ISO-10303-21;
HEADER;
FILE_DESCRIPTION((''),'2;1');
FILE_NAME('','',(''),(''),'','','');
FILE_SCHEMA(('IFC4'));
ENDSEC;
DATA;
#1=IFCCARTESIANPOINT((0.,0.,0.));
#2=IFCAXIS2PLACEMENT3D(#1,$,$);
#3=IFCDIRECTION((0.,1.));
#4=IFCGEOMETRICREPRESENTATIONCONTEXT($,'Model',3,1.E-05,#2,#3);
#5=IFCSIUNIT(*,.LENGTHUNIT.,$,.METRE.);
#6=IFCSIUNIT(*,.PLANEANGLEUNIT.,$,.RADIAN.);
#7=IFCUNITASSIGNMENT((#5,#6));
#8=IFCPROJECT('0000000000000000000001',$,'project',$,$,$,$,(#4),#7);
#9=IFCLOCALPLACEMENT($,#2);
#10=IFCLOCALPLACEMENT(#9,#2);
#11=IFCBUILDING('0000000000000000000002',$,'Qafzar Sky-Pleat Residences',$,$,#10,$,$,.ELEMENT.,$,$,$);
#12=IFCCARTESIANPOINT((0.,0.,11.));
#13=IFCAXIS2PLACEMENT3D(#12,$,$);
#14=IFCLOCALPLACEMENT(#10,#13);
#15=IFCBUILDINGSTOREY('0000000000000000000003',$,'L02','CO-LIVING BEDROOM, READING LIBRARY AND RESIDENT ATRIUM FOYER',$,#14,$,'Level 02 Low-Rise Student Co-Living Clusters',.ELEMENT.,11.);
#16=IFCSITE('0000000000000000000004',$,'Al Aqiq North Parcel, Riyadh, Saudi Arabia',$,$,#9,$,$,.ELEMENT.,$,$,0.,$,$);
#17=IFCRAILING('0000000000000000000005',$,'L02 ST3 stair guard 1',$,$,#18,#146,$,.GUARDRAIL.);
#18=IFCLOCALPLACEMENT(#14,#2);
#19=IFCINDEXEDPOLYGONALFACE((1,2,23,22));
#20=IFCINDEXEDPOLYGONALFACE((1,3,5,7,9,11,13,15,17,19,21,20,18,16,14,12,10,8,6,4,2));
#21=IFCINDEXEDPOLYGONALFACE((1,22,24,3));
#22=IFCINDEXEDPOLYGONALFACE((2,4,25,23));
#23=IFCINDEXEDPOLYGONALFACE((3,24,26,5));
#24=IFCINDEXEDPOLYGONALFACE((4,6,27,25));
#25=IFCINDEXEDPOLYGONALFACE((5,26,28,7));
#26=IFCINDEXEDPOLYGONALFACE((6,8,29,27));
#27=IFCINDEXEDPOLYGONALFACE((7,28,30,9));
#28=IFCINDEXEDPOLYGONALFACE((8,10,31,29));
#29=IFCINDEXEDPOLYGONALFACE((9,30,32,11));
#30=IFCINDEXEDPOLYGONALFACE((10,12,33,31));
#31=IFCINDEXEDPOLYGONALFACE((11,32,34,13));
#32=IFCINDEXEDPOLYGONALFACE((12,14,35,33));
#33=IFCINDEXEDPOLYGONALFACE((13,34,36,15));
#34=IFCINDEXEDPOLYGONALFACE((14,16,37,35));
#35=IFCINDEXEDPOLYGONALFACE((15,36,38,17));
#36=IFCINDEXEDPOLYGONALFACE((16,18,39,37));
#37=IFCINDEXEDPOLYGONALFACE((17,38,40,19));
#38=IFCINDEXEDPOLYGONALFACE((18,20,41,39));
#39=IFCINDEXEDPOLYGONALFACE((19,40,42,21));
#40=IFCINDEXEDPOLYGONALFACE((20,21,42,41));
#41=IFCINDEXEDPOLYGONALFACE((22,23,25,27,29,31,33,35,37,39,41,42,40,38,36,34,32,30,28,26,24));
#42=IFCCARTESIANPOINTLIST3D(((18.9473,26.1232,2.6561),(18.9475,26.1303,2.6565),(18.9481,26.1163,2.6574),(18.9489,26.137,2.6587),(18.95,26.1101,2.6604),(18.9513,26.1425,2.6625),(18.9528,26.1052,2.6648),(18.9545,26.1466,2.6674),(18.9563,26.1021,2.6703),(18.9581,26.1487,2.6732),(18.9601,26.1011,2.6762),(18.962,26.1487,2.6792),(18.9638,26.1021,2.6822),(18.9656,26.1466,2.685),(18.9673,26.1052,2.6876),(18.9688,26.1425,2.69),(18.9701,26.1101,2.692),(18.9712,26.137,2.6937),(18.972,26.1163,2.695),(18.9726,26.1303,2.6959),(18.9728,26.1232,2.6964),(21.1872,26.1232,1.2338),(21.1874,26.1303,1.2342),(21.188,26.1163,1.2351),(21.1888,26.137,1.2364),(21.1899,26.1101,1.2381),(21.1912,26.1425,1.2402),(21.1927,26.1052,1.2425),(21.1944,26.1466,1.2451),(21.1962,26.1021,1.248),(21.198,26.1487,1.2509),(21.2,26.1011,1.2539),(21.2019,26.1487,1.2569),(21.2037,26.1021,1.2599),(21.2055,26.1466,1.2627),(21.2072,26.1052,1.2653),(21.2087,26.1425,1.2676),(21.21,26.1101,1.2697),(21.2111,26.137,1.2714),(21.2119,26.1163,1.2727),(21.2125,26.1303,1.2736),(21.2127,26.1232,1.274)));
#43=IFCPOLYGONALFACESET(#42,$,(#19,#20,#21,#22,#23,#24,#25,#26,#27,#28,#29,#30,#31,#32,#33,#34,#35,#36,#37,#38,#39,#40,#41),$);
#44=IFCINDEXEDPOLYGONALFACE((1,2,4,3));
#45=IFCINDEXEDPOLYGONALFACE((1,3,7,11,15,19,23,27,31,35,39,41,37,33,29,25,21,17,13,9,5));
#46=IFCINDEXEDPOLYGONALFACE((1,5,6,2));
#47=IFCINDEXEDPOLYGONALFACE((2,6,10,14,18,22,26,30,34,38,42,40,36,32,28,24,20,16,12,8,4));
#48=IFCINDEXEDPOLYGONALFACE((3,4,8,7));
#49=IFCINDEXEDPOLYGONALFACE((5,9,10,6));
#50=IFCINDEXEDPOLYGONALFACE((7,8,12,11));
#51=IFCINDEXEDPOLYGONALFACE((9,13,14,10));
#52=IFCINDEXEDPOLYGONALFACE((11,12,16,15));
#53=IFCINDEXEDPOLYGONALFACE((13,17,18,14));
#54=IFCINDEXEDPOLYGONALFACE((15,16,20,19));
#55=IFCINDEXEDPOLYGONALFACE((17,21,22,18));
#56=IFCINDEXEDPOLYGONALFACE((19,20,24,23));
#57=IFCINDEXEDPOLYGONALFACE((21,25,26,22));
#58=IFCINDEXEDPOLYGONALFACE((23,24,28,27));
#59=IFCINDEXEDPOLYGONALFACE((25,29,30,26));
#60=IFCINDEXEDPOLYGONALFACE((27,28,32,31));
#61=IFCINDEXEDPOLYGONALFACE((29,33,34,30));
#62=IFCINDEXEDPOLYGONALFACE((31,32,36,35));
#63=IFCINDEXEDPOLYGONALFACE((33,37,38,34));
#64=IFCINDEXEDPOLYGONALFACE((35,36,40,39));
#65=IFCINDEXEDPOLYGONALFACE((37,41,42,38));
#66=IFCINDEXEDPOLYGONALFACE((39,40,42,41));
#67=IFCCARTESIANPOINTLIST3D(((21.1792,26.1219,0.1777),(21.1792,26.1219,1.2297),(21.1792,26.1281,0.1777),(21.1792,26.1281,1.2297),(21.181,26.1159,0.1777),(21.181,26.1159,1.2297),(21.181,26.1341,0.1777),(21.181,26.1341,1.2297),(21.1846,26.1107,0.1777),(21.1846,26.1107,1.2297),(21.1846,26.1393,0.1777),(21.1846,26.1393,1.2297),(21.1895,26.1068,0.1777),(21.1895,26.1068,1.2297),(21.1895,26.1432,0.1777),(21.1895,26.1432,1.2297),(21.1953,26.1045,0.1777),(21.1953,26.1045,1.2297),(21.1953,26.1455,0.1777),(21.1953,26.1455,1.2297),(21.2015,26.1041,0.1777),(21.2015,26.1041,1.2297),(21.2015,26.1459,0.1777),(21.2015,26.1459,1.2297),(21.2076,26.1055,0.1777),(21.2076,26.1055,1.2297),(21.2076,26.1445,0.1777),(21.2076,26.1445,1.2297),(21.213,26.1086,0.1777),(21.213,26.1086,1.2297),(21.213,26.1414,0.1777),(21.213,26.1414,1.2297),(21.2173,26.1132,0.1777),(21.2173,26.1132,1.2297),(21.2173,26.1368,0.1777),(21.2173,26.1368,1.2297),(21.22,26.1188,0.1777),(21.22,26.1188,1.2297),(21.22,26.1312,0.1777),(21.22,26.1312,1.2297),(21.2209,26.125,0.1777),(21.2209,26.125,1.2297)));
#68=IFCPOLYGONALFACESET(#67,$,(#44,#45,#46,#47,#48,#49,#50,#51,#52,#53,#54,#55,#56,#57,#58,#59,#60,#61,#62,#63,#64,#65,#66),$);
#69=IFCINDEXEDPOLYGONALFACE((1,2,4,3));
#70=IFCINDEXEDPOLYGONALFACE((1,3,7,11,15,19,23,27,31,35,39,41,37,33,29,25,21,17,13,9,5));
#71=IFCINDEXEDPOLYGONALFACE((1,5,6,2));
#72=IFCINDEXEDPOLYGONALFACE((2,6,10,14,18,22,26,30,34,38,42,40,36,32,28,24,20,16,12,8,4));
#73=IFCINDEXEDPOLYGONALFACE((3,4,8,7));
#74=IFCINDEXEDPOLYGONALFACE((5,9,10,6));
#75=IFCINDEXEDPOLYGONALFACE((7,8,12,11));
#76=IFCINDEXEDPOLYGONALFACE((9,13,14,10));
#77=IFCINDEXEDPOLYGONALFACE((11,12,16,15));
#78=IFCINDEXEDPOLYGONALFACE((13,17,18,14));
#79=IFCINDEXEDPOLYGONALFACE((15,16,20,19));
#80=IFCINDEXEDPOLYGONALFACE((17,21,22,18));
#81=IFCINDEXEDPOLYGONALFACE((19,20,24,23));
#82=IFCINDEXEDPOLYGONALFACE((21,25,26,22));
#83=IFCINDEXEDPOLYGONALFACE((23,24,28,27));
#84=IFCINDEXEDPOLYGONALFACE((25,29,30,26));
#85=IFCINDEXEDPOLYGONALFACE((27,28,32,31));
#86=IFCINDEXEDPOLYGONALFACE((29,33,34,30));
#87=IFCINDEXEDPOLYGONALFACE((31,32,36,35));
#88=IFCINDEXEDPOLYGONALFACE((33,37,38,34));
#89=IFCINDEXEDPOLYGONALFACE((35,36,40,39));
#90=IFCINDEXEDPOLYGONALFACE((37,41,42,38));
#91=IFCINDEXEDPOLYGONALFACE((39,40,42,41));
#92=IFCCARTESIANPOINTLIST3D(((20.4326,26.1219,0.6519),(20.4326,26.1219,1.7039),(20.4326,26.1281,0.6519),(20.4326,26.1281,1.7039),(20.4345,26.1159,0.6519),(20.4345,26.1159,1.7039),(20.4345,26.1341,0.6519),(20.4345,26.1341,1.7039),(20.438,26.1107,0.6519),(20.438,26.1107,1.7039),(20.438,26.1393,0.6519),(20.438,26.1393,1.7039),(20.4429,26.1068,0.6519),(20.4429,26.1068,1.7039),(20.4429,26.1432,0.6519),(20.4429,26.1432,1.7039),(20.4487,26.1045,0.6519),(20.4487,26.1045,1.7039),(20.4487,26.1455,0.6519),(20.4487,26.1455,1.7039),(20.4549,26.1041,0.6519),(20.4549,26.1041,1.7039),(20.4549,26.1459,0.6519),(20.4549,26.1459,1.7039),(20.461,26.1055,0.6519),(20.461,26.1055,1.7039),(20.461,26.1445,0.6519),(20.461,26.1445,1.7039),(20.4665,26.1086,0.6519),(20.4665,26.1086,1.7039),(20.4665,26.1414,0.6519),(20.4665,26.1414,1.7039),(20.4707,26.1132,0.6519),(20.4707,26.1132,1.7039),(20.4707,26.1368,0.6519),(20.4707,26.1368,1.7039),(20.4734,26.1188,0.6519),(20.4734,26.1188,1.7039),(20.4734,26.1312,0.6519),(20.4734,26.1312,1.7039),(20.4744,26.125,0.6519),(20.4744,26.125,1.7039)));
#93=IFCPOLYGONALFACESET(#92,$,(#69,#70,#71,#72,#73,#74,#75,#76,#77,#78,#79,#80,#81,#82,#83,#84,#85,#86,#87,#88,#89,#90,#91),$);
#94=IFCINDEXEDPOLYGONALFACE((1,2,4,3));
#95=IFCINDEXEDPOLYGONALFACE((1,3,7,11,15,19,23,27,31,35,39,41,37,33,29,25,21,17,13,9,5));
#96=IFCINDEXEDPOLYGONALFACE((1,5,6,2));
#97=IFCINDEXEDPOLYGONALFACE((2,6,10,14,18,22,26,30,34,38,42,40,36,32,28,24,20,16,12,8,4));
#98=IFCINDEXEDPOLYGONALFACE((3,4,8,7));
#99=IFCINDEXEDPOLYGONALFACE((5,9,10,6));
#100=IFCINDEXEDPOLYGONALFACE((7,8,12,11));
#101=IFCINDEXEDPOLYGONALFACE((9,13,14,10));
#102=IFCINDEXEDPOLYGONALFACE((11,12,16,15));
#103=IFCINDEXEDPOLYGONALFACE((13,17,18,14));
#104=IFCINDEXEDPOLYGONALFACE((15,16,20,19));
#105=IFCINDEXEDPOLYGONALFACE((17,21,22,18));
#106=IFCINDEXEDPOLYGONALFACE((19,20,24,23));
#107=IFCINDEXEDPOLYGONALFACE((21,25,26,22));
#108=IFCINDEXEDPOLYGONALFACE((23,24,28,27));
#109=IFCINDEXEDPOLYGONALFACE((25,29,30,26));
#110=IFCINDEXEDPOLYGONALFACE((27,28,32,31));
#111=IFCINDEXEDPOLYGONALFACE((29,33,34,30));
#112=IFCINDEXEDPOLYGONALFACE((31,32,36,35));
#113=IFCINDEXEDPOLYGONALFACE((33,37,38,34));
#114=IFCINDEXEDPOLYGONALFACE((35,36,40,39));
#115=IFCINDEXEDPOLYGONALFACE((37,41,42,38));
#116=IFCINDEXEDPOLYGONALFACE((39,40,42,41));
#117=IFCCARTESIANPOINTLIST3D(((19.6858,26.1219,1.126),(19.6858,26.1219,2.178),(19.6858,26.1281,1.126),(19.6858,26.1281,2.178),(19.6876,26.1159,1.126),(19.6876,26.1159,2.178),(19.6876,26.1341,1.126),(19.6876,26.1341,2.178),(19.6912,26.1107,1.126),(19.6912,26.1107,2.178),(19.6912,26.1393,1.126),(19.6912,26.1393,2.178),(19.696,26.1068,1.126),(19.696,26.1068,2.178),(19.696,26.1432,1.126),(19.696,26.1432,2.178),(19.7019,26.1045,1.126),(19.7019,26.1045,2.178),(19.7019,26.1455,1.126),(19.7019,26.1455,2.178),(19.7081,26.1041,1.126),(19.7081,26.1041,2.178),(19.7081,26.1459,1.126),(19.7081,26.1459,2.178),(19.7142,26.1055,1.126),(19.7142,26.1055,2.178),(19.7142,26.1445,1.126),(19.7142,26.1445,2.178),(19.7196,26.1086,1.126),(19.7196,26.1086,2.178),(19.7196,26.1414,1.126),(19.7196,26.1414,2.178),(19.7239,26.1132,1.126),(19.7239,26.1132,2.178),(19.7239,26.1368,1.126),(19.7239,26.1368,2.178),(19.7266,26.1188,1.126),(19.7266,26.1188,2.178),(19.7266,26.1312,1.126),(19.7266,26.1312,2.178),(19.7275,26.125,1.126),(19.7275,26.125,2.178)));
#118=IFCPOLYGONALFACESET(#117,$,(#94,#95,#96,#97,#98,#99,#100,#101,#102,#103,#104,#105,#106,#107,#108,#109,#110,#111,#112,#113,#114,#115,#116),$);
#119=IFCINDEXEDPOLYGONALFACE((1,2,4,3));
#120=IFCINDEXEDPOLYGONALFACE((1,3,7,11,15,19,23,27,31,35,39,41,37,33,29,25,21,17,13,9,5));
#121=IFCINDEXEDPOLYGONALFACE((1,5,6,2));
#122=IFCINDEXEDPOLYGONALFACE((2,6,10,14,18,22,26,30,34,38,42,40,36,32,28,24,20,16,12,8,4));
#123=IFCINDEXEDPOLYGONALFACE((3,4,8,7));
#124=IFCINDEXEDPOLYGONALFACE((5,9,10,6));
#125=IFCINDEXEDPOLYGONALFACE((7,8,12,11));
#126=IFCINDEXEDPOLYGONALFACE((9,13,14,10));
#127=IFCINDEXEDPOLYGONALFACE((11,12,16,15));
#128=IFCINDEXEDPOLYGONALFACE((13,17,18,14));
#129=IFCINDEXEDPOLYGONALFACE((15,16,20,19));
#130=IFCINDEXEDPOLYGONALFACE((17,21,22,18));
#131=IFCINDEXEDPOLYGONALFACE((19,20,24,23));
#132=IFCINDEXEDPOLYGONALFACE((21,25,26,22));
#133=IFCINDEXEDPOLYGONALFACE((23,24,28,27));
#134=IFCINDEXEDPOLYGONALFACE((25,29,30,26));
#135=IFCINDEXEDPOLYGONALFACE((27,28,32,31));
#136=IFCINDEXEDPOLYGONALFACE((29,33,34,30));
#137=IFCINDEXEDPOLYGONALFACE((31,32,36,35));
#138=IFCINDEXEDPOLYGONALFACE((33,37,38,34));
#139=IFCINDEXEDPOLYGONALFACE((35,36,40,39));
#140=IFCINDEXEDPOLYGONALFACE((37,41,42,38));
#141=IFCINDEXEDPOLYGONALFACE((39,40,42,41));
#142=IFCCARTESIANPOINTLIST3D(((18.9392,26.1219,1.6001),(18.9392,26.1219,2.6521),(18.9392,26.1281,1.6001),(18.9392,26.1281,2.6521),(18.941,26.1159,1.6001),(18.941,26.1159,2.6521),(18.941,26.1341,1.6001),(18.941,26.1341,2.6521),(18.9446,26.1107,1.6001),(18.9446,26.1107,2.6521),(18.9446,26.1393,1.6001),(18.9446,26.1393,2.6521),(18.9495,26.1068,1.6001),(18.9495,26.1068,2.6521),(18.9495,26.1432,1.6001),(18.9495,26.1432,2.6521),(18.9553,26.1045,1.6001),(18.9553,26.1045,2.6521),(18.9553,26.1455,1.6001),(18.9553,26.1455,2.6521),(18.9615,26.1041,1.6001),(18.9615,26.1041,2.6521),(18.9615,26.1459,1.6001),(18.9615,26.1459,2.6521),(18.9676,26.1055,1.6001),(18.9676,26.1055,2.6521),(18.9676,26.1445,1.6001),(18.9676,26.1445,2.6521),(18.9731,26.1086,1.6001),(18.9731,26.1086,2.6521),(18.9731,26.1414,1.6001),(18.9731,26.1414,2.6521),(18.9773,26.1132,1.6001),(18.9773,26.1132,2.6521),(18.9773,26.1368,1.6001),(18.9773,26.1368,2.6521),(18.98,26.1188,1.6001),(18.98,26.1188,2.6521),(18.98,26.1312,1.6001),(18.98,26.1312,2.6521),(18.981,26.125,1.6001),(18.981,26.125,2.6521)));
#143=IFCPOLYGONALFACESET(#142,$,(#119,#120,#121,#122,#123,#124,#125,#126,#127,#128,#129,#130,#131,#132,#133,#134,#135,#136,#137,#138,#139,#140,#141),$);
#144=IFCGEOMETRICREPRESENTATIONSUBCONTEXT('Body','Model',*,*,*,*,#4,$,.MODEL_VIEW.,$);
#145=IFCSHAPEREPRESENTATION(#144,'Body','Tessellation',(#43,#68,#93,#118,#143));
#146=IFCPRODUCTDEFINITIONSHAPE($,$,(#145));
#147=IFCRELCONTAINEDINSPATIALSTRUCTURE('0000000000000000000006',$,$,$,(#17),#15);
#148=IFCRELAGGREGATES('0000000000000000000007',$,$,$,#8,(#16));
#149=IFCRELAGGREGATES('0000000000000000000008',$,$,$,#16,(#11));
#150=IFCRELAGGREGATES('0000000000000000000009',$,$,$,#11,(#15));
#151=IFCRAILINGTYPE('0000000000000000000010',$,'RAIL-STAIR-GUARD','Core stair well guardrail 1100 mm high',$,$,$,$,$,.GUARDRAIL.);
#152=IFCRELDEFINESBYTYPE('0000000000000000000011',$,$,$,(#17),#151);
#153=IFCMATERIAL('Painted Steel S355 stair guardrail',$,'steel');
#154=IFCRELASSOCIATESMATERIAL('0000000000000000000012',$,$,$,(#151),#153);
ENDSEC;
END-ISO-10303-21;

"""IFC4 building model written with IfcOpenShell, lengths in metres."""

from ifc_helpers import new_model, si_unit, direction, frame, origin, origin_2d, place, context, subcontext, project, spatial, circle, extrude, source, transform, mapped, material, type_object, element, save


model = new_model("IFC4")

# Units and contexts
model_context = context("Model", 3, precision=1e-05, world=origin(), true_north=direction((0.0, 1.0)))
body_context = subcontext(model_context, "Body", "Model", "MODEL_VIEW")
ifc_project = project(units=[si_unit("LENGTHUNIT", "METRE"), si_unit("PLANEANGLEUNIT", "RADIAN")], contexts=[model_context])

# Site, building, storey
site_placement = place(None, origin())
site = spatial("IfcSite", under=ifc_project, at=site_placement, Name="Al Aqiq North Parcel, Riyadh, Saudi Arabia", CompositionType="ELEMENT", RefElevation=0.0)
building_placement = place(site_placement, origin())
building = spatial("IfcBuilding", under=site, at=building_placement, Name="Qafzar Sky-Pleat Residences", CompositionType="ELEMENT")
storey_placement = place(building_placement, frame((0.0, 0.0, 11.0)))
storey = spatial("IfcBuildingStorey", under=building, at=storey_placement, Name="L02", Description="CO-LIVING BEDROOM, READING LIBRARY AND RESIDENT ATRIUM FOYER", LongName="Level 02 Low-Rise Student Co-Living Clusters", CompositionType="ELEMENT", Elevation=11.0)

# Railing
ifc_material_1 = material(Name="Painted Steel S355 stair guardrail", Category="steel")
railing_type_1 = type_object("IfcRailingType", Name="RAIL-STAIR-GUARD", Description="Core stair well guardrail 1100 mm high", PredefinedType="GUARDRAIL", material=ifc_material_1)
shared_shape_1 = source(origin(), body_context, "Body", "SweptSolid", [
    extrude(circle(Radius=0.0239, at=origin_2d()), frame((0.0, 0.0, 1.0762), z_axis=(-0.844188, 0.0, 0.536048), x_axis=(0.0, -1.0, 0.0)), (0.0, 0.0, 1.0), 2.6533),
    extrude(circle(Radius=0.021, at=origin_2d()), origin(), (0.0, 0.0, 1.0), 1.052),
    extrude(circle(Radius=0.021, at=origin_2d()), frame((-0.7466, 0.0, 0.4741)), (0.0, 0.0, 1.0), 1.052),
    extrude(circle(Radius=0.021, at=origin_2d()), frame((-1.4934, 0.0, 0.9482)), (0.0, 0.0, 1.0), 1.052),
    extrude(circle(Radius=0.021, at=origin_2d()), frame((-2.24, 0.0, 1.4224)), (0.0, 0.0, 1.0), 1.052),
])
railing_1_placement = place(storey_placement, frame((21.2, 26.125, 0.1777)))
element("IfcRailing", 1, at=railing_1_placement, inside=storey, type_object=railing_type_1, Name="L02 ST3 stair guard 1", PredefinedType="GUARDRAIL", context=body_context, shape_type="MappedRepresentation", body=[
    mapped(shared_shape_1, transform((0.0, 0.0, 0.0), x_axis=(1.0, 0.0, 0.0), y_axis=(0.0, 1.0, 0.0), z_axis=(0.0, 0.0, 1.0), scale=1.0)),
])

save(model, "model.ifc")
